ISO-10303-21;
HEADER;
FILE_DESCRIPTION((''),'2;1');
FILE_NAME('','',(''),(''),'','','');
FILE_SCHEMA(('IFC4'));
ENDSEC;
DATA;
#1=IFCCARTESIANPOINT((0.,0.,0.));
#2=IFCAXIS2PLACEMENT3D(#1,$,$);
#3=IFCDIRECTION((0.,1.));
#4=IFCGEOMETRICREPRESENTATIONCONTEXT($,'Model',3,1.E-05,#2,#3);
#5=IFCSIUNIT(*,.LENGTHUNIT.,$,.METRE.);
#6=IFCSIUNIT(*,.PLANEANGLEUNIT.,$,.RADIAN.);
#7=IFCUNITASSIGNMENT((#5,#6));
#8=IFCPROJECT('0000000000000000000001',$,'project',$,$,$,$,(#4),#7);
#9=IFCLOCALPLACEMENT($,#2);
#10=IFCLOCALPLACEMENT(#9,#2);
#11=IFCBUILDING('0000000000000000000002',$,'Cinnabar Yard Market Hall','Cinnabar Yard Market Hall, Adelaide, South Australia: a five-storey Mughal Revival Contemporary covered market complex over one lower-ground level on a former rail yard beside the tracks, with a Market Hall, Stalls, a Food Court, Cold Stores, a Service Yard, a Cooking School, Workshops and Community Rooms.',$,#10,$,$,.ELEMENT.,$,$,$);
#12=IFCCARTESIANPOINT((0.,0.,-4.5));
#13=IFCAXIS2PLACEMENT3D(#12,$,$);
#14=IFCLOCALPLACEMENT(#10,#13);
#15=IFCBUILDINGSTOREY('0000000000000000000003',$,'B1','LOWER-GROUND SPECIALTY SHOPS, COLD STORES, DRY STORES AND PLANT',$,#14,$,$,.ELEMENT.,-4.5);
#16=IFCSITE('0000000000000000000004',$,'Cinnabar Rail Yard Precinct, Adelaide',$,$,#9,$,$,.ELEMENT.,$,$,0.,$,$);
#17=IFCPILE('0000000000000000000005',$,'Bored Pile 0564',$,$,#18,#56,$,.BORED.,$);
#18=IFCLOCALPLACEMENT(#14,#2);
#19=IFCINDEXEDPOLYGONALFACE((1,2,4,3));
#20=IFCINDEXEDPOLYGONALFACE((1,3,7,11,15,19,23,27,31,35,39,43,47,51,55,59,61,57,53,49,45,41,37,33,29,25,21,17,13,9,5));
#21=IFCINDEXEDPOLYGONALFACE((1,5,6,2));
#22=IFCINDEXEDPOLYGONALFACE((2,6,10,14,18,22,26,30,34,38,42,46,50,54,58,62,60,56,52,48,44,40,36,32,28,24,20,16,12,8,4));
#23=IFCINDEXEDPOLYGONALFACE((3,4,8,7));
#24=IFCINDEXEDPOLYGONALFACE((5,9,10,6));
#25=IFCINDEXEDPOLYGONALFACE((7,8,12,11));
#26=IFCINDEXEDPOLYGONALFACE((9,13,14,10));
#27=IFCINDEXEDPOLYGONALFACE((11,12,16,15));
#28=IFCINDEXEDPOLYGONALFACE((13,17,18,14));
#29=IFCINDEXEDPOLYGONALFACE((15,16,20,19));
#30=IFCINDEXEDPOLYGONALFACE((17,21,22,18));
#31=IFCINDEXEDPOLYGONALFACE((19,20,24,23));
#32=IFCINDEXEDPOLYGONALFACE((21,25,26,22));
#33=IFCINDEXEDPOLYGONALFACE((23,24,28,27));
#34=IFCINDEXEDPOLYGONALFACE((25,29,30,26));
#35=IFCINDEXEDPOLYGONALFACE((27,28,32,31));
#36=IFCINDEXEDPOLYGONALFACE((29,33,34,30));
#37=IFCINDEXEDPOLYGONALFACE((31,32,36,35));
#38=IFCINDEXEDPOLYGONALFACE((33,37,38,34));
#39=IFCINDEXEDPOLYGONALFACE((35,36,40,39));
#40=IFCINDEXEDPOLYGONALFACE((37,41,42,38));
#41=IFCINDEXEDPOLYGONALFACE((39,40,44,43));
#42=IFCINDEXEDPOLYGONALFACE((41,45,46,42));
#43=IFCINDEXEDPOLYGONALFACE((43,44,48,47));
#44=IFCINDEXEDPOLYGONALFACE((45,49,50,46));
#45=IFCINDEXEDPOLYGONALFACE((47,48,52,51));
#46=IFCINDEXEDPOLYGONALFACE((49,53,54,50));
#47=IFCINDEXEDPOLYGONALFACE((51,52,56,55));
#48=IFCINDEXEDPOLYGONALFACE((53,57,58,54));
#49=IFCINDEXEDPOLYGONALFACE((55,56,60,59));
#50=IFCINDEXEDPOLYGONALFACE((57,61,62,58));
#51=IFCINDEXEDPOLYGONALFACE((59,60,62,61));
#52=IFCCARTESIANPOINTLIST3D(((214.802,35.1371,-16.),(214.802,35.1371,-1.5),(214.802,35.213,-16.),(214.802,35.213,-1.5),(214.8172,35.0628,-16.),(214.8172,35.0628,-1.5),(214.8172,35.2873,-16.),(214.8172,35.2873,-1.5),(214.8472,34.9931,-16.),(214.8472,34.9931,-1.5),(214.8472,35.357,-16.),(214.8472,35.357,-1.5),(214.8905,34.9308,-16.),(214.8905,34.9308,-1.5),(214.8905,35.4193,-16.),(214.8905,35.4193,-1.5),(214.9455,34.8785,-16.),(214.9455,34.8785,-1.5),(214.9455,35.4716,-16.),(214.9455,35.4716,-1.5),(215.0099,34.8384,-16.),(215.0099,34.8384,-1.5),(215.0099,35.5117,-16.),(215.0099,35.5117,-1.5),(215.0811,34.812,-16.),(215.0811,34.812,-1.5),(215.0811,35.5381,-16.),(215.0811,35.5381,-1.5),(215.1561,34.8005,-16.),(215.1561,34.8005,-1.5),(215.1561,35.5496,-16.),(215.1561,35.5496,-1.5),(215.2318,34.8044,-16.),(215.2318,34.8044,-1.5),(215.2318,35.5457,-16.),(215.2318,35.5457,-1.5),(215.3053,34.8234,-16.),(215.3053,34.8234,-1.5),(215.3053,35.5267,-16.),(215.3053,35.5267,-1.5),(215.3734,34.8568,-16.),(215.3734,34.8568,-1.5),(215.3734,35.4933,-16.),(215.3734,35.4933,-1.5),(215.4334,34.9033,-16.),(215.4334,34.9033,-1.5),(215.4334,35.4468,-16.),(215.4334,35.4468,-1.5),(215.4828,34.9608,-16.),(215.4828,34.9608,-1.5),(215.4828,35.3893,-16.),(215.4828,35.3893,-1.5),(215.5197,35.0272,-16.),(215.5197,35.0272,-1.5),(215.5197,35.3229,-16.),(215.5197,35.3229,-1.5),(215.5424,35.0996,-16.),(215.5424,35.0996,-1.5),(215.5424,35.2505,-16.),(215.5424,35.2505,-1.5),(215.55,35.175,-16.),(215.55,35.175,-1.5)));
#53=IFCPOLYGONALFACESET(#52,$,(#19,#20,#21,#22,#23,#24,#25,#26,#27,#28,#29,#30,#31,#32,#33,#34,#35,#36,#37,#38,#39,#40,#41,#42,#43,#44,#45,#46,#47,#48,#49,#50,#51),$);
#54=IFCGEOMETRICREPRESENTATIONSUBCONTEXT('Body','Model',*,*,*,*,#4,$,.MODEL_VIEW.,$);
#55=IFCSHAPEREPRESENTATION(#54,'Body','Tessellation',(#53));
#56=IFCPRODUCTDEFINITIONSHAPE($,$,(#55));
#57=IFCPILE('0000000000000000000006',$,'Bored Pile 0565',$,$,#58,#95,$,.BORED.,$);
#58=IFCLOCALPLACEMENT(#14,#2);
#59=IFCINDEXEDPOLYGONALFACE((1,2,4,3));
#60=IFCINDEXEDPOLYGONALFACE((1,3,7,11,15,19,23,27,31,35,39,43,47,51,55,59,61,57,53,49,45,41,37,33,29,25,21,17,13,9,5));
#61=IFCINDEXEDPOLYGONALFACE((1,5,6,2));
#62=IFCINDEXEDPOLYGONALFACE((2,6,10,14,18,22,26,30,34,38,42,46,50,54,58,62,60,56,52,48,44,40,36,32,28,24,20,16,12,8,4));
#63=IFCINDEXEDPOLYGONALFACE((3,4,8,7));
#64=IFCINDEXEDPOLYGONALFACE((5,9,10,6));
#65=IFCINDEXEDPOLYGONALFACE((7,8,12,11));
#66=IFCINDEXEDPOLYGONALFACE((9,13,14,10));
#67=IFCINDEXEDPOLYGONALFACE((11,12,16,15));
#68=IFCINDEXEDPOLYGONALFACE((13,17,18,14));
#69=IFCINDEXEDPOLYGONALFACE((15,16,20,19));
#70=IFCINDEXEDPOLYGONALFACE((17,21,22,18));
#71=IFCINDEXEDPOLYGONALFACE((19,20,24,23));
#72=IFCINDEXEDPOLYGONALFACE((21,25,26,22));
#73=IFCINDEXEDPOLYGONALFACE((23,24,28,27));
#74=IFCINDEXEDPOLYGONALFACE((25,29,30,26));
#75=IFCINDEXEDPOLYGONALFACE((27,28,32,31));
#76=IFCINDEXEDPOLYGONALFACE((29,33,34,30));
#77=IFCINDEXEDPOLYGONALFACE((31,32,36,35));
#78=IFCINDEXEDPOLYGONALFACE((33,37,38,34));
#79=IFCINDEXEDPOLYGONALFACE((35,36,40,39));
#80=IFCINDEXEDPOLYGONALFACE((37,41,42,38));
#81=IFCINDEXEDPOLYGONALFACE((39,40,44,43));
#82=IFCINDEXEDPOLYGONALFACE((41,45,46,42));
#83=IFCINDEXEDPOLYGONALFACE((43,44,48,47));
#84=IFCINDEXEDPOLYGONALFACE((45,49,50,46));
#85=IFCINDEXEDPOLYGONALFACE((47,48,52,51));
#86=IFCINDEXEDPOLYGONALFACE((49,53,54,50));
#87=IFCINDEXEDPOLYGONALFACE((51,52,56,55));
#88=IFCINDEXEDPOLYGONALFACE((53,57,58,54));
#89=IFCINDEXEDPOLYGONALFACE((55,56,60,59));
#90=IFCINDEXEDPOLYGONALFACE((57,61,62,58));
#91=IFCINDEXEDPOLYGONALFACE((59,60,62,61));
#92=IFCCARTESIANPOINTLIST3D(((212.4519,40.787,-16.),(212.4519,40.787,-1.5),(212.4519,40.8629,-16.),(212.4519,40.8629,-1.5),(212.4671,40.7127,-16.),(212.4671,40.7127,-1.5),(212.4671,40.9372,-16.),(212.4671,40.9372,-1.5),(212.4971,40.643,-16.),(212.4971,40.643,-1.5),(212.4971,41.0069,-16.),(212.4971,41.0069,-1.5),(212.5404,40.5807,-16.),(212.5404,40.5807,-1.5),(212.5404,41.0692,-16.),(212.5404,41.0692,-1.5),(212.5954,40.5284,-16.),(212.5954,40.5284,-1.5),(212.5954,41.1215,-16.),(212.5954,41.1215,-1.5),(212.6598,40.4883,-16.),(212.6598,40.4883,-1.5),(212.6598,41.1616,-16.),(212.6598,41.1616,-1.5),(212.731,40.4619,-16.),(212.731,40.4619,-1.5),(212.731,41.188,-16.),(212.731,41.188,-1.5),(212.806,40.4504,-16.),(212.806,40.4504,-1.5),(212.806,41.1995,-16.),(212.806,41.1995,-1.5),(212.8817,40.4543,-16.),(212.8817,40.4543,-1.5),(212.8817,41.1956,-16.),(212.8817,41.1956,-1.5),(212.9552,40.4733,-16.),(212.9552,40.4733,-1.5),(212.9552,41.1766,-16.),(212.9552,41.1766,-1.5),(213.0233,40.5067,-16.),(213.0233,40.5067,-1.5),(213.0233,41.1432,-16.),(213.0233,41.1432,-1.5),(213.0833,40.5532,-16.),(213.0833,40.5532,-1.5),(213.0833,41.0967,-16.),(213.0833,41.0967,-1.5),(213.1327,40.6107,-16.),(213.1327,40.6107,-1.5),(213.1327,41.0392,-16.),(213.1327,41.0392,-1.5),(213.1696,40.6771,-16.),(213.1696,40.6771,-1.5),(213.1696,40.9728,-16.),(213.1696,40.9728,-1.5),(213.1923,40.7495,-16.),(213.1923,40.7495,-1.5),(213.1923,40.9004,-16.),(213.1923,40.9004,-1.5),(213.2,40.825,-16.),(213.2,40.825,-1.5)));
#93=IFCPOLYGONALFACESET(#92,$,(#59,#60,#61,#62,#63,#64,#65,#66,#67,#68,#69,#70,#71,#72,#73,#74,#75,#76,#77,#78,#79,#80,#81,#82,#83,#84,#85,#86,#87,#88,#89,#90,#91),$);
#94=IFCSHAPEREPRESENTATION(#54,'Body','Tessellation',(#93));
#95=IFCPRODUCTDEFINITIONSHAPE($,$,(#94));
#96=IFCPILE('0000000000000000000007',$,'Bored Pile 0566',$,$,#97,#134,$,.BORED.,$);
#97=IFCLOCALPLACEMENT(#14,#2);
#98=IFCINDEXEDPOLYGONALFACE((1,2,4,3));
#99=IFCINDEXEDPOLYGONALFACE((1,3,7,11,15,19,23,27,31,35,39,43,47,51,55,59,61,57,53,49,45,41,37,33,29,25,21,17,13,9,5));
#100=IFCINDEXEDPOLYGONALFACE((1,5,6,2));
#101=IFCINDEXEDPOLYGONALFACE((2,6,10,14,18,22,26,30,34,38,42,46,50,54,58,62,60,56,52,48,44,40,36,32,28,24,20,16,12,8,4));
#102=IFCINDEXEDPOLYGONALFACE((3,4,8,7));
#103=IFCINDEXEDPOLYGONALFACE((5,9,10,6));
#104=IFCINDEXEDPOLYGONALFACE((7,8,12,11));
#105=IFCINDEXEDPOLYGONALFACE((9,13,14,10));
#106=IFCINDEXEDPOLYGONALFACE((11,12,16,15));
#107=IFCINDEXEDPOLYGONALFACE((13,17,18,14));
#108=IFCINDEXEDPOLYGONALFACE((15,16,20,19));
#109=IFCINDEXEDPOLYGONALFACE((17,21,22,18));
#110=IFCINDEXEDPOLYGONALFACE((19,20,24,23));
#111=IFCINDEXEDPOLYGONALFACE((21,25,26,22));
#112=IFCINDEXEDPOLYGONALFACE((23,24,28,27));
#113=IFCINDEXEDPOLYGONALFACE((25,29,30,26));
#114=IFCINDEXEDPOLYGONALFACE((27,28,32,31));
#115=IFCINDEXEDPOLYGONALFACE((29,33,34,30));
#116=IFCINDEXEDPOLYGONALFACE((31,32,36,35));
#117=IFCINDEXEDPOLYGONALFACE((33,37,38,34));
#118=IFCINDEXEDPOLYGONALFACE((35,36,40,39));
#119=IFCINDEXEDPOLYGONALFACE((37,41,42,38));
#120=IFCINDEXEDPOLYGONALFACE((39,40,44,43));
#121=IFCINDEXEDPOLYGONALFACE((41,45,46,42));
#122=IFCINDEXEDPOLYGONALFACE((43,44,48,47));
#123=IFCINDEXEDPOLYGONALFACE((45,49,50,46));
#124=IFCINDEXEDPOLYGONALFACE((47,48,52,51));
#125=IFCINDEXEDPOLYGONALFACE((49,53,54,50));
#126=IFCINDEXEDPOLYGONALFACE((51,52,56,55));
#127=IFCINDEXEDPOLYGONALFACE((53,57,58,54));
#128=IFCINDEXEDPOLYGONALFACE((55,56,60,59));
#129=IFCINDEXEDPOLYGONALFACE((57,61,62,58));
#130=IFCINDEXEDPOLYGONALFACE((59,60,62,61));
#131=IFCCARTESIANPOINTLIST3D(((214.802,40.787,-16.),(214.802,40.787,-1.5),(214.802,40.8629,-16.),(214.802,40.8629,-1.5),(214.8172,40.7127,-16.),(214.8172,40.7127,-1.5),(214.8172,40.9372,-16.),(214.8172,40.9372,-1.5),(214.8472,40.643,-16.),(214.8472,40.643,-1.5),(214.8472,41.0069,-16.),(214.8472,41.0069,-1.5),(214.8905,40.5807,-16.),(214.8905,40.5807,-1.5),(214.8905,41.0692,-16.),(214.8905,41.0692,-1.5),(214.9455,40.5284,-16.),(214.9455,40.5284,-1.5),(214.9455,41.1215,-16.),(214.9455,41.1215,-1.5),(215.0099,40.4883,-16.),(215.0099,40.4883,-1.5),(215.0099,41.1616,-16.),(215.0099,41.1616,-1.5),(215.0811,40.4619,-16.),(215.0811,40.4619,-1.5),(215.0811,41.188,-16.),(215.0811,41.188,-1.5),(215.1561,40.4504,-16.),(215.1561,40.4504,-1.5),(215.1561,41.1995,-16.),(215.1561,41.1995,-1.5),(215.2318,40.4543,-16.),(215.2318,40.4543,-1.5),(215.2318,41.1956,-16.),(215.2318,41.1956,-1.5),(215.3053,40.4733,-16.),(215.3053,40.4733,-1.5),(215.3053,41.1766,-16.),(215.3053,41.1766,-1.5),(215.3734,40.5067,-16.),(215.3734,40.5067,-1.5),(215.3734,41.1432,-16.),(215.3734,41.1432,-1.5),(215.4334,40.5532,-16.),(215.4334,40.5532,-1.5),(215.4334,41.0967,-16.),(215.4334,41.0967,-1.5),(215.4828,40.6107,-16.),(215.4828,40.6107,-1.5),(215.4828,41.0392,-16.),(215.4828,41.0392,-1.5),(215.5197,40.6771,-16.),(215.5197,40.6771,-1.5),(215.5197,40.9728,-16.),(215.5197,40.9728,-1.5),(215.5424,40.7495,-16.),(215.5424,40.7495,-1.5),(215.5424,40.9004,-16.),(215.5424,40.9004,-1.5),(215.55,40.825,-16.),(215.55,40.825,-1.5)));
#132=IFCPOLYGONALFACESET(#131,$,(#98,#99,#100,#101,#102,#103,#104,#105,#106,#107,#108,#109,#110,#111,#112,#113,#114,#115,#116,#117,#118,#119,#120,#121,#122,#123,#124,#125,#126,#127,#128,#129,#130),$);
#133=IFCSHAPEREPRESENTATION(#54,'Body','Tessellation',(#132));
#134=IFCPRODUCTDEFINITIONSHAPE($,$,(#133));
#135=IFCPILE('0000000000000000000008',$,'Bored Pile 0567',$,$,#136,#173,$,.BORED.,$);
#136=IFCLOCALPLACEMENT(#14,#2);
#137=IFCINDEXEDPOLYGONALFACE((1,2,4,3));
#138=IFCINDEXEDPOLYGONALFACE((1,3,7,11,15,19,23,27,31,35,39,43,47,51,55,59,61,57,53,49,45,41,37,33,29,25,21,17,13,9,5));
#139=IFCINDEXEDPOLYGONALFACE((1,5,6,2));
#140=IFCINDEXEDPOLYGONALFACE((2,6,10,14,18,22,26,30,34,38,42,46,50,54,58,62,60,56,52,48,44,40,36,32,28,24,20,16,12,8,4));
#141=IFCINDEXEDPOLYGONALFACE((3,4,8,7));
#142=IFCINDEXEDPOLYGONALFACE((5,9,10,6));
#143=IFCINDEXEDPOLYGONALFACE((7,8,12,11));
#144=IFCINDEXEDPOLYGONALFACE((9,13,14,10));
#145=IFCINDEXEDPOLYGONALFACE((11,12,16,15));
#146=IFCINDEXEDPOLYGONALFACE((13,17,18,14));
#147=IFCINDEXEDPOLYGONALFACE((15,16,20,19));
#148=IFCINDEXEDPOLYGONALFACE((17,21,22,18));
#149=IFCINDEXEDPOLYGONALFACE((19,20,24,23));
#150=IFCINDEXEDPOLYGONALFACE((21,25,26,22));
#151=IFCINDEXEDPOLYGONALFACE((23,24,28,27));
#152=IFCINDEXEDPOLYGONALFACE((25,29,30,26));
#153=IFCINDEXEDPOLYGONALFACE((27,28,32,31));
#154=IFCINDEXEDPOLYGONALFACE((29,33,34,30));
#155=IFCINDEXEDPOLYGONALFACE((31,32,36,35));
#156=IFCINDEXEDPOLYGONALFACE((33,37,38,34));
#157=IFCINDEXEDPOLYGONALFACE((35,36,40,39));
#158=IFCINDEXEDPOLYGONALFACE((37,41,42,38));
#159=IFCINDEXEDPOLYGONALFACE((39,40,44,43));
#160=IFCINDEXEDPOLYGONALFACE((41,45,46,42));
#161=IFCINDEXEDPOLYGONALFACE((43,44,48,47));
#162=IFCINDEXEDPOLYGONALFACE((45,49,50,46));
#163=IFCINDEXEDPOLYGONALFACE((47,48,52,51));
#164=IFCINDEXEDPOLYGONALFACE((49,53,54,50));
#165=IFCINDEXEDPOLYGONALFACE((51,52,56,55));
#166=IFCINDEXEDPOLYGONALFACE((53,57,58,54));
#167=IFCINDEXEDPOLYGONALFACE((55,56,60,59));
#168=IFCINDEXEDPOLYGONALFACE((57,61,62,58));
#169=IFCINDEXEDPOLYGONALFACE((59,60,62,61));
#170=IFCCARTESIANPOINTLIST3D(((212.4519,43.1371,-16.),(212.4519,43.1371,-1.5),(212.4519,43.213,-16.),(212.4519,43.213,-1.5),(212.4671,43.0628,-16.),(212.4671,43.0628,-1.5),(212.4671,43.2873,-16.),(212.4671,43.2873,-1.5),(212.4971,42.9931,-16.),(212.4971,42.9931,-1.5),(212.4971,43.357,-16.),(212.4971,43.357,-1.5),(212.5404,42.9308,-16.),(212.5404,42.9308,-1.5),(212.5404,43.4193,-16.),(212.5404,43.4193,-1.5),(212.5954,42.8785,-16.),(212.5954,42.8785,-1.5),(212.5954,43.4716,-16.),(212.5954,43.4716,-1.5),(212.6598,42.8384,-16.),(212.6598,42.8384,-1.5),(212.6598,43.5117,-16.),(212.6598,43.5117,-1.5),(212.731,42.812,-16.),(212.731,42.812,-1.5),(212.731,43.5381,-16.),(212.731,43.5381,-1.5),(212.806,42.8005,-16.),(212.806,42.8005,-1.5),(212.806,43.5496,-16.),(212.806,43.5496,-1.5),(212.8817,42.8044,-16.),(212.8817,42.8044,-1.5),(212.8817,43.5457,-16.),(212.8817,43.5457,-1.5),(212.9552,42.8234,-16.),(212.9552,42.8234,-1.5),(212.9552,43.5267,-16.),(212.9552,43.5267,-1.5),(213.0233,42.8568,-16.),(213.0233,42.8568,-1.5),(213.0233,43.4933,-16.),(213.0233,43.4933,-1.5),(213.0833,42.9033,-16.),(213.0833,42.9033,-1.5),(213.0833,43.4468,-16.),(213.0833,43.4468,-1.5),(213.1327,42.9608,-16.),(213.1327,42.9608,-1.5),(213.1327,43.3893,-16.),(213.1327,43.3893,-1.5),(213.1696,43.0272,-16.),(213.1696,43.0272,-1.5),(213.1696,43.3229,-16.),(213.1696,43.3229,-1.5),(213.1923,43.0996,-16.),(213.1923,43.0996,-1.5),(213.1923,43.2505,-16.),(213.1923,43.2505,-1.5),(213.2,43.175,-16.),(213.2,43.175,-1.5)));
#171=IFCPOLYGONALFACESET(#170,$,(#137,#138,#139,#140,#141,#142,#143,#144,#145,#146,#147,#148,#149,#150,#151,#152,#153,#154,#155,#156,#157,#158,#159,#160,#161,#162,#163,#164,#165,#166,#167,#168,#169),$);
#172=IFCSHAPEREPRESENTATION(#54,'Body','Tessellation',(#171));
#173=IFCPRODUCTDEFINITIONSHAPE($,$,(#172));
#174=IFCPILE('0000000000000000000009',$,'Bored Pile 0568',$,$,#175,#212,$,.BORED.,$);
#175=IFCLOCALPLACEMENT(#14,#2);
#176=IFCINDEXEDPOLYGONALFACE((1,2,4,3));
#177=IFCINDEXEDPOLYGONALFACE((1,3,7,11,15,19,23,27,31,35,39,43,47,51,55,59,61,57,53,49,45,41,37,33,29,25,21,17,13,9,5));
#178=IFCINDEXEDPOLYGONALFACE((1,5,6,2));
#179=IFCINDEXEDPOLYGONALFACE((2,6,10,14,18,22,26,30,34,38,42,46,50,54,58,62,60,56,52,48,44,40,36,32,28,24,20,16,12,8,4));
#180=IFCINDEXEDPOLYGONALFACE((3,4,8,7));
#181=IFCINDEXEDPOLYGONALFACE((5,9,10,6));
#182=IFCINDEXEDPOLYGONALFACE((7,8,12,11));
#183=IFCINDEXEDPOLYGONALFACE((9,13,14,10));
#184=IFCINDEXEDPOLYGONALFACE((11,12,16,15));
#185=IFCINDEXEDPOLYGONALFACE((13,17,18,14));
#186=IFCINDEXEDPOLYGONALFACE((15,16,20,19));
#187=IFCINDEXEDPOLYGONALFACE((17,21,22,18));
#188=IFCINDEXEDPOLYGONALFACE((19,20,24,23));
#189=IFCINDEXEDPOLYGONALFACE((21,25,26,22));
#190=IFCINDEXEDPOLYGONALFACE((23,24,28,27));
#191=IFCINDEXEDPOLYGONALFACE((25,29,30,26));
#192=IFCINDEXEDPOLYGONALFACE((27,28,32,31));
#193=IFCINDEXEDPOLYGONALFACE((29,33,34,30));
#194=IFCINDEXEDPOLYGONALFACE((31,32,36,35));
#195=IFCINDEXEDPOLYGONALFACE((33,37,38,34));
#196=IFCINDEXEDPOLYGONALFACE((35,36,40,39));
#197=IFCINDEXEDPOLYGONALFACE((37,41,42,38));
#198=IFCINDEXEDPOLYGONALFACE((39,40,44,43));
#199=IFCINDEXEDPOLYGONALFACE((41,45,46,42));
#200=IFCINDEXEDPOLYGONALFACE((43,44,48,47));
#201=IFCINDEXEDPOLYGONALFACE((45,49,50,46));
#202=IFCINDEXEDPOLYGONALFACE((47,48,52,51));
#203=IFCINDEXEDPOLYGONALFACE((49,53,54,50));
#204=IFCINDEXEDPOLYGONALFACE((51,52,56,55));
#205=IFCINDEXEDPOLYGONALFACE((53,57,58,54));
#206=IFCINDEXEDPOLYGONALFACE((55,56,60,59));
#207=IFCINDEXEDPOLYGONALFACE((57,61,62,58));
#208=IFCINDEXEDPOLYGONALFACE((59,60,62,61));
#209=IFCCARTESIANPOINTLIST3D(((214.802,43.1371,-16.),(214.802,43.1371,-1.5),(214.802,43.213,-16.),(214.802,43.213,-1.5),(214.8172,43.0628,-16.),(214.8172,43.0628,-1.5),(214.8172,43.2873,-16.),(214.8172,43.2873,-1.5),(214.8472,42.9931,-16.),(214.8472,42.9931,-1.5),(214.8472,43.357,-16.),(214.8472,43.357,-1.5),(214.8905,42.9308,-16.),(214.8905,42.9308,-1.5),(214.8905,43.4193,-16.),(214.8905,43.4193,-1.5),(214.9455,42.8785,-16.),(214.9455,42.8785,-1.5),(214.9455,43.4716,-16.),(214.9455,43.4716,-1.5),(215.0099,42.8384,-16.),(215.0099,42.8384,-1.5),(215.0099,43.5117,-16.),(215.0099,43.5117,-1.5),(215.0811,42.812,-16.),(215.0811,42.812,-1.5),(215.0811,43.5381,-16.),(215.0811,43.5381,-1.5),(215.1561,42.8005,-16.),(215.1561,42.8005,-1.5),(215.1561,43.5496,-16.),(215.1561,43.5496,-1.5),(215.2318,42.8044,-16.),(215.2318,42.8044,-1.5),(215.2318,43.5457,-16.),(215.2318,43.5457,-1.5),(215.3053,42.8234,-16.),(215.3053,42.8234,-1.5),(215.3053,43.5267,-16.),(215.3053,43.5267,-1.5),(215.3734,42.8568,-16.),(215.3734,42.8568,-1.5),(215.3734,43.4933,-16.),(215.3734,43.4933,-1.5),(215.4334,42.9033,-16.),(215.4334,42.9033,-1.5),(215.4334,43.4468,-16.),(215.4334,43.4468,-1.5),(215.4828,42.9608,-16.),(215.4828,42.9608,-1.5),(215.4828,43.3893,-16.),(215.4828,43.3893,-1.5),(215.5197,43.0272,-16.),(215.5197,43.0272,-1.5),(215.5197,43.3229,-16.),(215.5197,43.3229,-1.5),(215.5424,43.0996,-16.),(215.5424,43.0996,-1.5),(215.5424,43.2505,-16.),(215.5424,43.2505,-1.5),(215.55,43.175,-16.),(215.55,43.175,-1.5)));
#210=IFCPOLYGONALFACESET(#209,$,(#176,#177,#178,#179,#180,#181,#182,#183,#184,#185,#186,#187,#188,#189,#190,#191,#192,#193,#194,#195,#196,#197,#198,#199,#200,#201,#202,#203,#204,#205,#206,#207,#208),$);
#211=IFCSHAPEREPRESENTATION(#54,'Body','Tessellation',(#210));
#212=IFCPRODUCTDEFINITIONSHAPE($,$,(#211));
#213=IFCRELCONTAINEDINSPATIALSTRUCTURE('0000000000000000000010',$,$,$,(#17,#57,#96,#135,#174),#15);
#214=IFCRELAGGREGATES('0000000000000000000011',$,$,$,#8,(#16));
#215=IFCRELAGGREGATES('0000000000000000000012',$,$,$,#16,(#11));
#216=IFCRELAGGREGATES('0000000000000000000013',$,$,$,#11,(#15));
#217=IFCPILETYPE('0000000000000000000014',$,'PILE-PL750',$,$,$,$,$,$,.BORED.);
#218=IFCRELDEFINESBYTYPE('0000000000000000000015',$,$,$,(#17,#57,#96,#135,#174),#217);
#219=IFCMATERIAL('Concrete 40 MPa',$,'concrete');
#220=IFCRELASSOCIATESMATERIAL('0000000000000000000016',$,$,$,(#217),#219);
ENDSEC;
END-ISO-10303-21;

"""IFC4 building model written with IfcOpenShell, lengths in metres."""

from ifc_helpers import new_model, si_unit, direction, frame, origin, origin_2d_with_axis, place, context, subcontext, project, spatial, circle, extrude, material, material_profile, profile_set, type_object, element, save


model = new_model("IFC4")

# Units and contexts
model_context = context("Model", 3, precision=1e-05, world=origin(), true_north=direction((0.0, 1.0)))
body_context = subcontext(model_context, "Body", "Model", "MODEL_VIEW")
ifc_project = project(units=[si_unit("LENGTHUNIT", "METRE"), si_unit("PLANEANGLEUNIT", "RADIAN")], contexts=[model_context])

# Site, building, storey
site_placement = place(None, origin())
site = spatial("IfcSite", under=ifc_project, at=site_placement, Name="Cinnabar Rail Yard Precinct, Adelaide", CompositionType="ELEMENT", RefElevation=0.0)
building_placement = place(site_placement, origin())
building = spatial("IfcBuilding", under=site, at=building_placement, Name="Cinnabar Yard Market Hall", Description="Cinnabar Yard Market Hall, Adelaide, South Australia: a five-storey Mughal Revival Contemporary covered market complex over one lower-ground level on a former rail yard beside the tracks, with a Market Hall, Stalls, a Food Court, Cold Stores, a Service Yard, a Cooking School, Workshops and Community Rooms.", CompositionType="ELEMENT")
storey_placement = place(building_placement, frame((0.0, 0.0, -4.5)))
storey = spatial("IfcBuildingStorey", under=building, at=storey_placement, Name="B1", Description="LOWER-GROUND SPECIALTY SHOPS, COLD STORES, DRY STORES AND PLANT", CompositionType="ELEMENT", Elevation=-4.5)

# Shared definitions
ifc_material_1 = material(Name="Concrete 40 MPa", Category="concrete")

# Piles
ifc_material_profile_1 = material_profile(ifc_material_1, circle(Radius=0.375, at=origin_2d_with_axis()), Name="PILE-D750")
ifc_profile_set_1 = profile_set([ifc_material_profile_1], Name="Concrete 40 MPa")
pile_type = type_object("IfcPileType", Name="PILE-PL750", PredefinedType="BORED", material=ifc_profile_set_1)
for number, where, z_axis, x_axis, name in (
    (1, (215.175, 35.175, -1.5), (0.0, 0.0, -1.0), (1.0, 0.0, 0.0), "Bored Pile 0564"),
    (2, (212.825, 40.825, -1.5), (0.0, 0.0, -1.0), (1.0, 0.0, 0.0), "Bored Pile 0565"),
    (3, (215.175, 40.825, -1.5), (0.0, 0.0, -1.0), (1.0, 0.0, 0.0), "Bored Pile 0566"),
    (4, (212.825, 43.175, -1.5), (0.0, 0.0, -1.0), (1.0, 0.0, 0.0), "Bored Pile 0567"),
    (5, (215.175, 43.175, -1.5), (0.0, 0.0, -1.0), (1.0, 0.0, 0.0), "Bored Pile 0568"),
):
    element("IfcPile", number, at=place(storey_placement, frame(where, z_axis=z_axis, x_axis=x_axis)), inside=storey, type_object=pile_type, Name=name, PredefinedType="BORED", context=body_context, shape_type="SweptSolid", body=[
        extrude(circle(Radius=0.375, at=origin_2d_with_axis()), origin(), (0.0, 0.0, 1.0), 14.5),
    ])

save(model, "model.ifc")
